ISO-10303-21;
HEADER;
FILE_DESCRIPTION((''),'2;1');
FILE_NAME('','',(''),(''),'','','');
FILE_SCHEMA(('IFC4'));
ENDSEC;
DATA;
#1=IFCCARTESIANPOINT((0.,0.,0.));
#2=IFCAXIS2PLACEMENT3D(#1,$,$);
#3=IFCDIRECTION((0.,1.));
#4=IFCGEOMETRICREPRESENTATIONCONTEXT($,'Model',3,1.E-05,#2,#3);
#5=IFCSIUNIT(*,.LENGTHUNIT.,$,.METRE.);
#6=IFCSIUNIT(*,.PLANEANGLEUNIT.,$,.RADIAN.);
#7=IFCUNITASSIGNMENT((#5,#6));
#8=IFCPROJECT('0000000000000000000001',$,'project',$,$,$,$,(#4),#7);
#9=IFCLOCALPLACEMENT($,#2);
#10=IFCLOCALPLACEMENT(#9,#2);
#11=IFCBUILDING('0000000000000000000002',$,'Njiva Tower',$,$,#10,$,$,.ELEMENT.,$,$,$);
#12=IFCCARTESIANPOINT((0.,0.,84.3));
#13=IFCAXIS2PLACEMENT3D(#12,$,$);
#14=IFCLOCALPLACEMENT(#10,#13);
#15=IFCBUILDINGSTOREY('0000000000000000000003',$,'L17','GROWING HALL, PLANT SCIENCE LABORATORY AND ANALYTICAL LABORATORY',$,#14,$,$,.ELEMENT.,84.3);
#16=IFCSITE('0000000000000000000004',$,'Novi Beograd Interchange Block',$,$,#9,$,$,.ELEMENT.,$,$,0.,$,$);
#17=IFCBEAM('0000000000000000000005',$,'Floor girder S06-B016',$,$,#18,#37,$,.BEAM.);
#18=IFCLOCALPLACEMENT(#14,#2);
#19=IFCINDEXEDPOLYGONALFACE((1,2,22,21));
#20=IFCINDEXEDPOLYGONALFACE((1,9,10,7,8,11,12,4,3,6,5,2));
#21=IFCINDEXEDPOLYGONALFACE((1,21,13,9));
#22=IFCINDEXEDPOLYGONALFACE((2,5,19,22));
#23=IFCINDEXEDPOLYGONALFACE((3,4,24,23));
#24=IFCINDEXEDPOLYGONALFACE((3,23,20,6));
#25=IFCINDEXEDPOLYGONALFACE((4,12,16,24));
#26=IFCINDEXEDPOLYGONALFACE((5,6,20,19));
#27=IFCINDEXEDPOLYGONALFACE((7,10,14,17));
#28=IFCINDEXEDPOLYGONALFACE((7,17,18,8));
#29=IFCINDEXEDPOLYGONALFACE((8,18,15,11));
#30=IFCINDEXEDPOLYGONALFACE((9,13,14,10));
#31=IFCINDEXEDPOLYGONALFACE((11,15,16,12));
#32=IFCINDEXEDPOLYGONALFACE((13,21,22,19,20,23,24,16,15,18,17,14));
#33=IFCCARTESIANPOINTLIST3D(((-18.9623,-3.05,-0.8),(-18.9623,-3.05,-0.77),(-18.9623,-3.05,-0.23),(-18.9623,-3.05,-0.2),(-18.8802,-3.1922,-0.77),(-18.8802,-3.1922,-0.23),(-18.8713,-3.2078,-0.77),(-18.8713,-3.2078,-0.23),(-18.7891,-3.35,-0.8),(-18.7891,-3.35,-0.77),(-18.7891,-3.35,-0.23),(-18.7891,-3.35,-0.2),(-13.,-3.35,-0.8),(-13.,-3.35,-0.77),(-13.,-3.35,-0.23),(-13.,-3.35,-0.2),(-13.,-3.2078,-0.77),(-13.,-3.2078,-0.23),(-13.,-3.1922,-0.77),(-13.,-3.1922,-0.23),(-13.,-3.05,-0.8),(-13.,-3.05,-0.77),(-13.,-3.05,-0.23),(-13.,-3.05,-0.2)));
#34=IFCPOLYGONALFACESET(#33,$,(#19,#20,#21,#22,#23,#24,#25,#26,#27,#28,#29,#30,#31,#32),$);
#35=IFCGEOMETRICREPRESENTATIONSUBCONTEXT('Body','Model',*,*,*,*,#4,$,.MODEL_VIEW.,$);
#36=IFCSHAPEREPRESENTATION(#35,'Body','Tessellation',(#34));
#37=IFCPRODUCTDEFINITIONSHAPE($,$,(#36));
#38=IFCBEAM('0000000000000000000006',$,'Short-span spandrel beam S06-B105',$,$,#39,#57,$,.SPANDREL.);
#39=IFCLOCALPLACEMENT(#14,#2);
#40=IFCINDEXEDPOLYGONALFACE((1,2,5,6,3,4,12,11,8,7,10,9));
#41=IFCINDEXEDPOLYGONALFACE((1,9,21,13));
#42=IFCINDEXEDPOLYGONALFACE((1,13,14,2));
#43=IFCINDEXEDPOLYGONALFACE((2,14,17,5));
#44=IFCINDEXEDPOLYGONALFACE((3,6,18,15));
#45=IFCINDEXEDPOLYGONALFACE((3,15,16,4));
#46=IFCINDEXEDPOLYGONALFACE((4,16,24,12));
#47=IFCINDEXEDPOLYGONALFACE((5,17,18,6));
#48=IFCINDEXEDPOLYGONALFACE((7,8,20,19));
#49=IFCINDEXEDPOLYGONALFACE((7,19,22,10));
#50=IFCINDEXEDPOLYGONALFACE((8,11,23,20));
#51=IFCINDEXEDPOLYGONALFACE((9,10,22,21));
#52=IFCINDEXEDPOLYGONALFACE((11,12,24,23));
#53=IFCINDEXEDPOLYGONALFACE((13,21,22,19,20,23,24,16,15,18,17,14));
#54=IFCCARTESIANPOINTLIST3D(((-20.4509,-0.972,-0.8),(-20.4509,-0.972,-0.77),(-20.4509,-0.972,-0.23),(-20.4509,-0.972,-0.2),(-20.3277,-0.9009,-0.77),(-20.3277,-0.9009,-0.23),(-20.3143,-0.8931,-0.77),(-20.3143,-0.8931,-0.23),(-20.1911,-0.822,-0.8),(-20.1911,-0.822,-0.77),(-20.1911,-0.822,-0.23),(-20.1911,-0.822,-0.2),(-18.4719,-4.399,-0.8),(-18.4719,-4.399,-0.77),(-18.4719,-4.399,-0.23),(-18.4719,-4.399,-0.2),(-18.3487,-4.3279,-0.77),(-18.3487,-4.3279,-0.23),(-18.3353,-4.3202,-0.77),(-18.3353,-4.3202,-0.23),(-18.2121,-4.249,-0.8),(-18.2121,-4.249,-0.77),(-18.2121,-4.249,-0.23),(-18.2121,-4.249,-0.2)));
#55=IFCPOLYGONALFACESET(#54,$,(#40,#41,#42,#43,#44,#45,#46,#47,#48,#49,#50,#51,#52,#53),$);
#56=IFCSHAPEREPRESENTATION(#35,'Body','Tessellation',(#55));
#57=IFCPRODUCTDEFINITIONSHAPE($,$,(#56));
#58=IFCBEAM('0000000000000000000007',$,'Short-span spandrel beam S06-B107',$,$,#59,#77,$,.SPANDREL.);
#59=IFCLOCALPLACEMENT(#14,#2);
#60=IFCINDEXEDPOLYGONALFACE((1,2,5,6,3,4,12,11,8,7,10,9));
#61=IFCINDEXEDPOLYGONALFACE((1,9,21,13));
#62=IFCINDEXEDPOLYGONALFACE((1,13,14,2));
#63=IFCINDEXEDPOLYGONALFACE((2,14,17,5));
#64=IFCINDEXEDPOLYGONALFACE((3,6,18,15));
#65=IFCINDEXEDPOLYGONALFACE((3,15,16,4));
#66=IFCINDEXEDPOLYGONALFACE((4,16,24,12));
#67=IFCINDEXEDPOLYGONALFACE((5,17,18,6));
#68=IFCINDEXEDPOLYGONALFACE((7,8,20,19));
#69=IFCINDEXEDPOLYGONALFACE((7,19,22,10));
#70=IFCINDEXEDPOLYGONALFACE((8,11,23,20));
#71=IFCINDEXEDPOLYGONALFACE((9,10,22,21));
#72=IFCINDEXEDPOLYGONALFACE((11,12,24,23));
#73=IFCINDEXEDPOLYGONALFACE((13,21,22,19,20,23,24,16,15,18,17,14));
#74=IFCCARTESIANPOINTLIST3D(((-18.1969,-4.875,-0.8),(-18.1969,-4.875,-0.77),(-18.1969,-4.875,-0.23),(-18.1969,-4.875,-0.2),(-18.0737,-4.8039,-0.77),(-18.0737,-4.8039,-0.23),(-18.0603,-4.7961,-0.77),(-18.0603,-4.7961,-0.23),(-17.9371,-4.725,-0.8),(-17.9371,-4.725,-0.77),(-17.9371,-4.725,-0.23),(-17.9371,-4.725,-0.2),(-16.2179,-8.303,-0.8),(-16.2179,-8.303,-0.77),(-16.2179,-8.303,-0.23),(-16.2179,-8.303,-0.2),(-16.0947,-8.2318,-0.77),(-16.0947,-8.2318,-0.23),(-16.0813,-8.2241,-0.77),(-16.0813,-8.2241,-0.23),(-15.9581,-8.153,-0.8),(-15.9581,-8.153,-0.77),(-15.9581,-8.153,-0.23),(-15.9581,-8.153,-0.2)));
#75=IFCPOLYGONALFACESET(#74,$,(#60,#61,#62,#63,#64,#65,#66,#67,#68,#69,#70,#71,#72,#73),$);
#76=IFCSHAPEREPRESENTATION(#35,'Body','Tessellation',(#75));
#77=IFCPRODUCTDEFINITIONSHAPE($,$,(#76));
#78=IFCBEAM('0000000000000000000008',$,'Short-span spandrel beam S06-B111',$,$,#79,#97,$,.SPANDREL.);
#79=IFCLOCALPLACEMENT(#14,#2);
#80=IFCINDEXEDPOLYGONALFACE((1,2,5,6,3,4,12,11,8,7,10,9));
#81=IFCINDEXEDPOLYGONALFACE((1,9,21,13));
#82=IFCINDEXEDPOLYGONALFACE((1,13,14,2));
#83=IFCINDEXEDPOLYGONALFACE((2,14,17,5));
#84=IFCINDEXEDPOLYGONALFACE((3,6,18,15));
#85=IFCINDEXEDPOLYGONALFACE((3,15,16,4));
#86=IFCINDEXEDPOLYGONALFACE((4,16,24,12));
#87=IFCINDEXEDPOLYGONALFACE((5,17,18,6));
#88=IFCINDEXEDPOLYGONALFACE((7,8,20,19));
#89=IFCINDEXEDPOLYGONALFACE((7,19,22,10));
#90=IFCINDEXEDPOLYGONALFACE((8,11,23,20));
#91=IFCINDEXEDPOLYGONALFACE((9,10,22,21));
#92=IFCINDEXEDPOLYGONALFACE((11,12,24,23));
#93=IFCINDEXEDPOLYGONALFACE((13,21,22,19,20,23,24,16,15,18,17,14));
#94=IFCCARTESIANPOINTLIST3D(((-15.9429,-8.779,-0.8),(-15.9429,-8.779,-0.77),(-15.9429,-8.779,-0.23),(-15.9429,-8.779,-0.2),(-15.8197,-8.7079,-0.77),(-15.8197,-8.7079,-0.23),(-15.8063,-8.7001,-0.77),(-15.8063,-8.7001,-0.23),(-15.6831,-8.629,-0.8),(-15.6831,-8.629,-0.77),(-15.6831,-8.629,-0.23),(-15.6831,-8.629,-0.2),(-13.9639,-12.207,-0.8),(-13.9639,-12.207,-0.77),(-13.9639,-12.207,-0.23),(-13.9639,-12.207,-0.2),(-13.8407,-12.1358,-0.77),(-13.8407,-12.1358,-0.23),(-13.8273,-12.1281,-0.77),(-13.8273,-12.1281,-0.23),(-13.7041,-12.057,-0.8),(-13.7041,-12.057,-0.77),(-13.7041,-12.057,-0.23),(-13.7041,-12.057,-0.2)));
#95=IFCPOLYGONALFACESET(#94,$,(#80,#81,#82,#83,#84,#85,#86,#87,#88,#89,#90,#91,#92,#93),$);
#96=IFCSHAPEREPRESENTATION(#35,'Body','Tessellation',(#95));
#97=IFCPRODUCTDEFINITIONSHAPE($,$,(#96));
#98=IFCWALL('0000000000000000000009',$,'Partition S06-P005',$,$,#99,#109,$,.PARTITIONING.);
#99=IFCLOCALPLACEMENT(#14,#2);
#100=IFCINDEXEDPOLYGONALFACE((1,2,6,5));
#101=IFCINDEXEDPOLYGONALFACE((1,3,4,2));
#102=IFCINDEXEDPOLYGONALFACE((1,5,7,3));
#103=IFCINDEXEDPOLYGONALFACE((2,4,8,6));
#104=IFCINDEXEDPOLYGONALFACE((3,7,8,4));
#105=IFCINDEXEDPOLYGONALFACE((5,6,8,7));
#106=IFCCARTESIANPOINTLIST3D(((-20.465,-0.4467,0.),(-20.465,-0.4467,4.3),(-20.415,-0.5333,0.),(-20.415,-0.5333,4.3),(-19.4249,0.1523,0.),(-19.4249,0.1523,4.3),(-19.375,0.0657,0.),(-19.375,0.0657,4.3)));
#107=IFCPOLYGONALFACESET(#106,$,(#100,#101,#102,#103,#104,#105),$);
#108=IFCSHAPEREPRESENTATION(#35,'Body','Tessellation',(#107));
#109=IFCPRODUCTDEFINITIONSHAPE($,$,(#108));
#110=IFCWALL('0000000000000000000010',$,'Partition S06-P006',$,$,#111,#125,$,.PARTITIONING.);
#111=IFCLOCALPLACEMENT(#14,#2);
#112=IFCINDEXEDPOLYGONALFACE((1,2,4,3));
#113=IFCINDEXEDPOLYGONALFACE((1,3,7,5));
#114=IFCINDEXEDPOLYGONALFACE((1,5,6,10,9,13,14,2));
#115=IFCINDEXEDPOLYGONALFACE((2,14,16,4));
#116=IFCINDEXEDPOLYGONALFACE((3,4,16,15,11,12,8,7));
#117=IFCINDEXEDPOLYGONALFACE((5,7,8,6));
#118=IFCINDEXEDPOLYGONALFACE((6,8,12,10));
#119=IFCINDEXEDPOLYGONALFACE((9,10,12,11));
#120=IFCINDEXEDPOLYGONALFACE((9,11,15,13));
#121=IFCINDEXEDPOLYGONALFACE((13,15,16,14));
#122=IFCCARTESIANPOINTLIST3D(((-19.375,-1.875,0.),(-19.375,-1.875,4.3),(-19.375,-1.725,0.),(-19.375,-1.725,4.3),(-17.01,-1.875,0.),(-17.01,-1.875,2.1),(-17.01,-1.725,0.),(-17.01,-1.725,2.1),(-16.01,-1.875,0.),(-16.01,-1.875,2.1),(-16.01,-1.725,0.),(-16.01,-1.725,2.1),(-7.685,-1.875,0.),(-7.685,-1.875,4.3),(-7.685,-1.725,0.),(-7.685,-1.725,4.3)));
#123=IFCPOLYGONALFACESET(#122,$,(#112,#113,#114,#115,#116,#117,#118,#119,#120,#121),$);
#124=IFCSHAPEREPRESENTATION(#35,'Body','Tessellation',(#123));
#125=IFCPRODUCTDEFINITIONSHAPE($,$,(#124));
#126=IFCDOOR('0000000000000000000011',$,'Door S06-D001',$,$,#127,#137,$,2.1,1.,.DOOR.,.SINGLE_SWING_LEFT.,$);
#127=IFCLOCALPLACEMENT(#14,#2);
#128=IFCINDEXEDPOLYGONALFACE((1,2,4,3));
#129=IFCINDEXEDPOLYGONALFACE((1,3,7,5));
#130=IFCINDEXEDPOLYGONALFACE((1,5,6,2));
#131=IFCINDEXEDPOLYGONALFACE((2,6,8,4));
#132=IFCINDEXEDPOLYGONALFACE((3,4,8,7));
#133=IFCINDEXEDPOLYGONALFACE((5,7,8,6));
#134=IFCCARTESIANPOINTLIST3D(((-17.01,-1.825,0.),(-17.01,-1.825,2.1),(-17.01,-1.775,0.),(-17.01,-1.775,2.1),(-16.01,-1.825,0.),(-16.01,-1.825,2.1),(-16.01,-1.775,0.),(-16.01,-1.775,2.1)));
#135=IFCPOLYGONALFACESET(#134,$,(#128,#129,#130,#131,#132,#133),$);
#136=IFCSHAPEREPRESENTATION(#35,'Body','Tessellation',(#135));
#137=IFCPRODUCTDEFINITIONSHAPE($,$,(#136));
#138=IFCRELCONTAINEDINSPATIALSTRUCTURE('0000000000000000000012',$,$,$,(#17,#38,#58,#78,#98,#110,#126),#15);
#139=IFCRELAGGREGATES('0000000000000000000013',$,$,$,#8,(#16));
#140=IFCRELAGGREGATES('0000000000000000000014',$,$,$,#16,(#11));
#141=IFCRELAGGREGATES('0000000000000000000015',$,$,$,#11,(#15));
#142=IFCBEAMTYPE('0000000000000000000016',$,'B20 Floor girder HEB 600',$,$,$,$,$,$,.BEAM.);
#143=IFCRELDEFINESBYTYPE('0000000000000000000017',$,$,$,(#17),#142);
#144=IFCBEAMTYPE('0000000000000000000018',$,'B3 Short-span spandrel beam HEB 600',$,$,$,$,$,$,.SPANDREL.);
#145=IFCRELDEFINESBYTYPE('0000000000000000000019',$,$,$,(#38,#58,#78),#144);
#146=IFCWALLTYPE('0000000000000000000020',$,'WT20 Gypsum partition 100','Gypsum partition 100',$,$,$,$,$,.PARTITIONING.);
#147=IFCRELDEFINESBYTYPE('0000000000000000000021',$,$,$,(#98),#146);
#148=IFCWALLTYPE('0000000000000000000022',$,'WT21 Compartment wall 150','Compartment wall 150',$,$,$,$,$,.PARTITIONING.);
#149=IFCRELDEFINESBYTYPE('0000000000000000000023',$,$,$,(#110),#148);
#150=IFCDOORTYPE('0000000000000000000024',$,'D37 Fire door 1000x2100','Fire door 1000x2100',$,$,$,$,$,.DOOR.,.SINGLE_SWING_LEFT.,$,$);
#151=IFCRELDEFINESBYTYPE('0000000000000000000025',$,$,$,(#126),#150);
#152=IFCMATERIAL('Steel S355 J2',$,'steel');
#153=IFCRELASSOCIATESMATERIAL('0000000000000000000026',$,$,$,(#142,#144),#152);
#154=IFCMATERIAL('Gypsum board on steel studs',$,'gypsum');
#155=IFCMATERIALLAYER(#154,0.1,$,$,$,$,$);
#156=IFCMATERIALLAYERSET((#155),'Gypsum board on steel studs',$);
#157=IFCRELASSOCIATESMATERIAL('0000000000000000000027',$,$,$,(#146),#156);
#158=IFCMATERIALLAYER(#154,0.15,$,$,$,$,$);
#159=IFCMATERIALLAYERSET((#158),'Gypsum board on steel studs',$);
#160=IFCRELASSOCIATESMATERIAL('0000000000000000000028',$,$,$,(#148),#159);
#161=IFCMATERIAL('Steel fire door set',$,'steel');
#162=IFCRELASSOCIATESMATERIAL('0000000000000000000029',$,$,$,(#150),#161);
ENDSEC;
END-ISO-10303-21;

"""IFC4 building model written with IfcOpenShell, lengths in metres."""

from ifc_helpers import new_model, si_unit, direction, frame, frame_2d, origin, origin_2d, place, context, subcontext, project, spatial, rectangle, i_section, extrude, clip, halfspace, material, layer, layer_set, material_profile, profile_set, type_object, element, fill, save


model = new_model("IFC4")

# Units and contexts
model_context = context("Model", 3, precision=1e-05, world=origin(), true_north=direction((0.0, 1.0)))
body_context = subcontext(model_context, "Body", "Model", "MODEL_VIEW")
ifc_project = project(units=[si_unit("LENGTHUNIT", "METRE"), si_unit("PLANEANGLEUNIT", "RADIAN")], contexts=[model_context])

# Site, building, storey
site_placement = place(None, origin())
site = spatial("IfcSite", under=ifc_project, at=site_placement, Name="Novi Beograd Interchange Block", CompositionType="ELEMENT", RefElevation=0.0)
building_placement = place(site_placement, origin())
building = spatial("IfcBuilding", under=site, at=building_placement, Name="Njiva Tower", CompositionType="ELEMENT")
storey_placement = place(building_placement, frame((0.0, 0.0, 84.3)))
storey = spatial("IfcBuildingStorey", under=building, at=storey_placement, Name="L17", Description="GROWING HALL, PLANT SCIENCE LABORATORY AND ANALYTICAL LABORATORY", CompositionType="ELEMENT", Elevation=84.3)

# Shared definitions
ifc_material_1 = material(Name="Steel S355 J2", Category="steel")

# Beams
ifc_material_profile_1 = material_profile(ifc_material_1, i_section(OverallWidth=0.3, OverallDepth=0.6, WebThickness=0.0155, FlangeThickness=0.03, at=origin_2d()), Name="HEB 600")
ifc_profile_set_1 = profile_set([ifc_material_profile_1], Name="Steel S355 J2")
beam_type_1 = type_object("IfcBeamType", Name="B20 Floor girder HEB 600", PredefinedType="BEAM", material=ifc_profile_set_1)
beam_1_placement = place(storey_placement, frame((-18.983, -3.2, -0.5), z_axis=(1.0, 0.0, 0.0), x_axis=(0.0, 1.0, 0.0)))
element("IfcBeam", 1, at=beam_1_placement, inside=storey, type_object=beam_type_1, Name="Floor girder S06-B016", PredefinedType="BEAM", context=body_context, shape_type="Clipping", body=[
    clip(extrude(i_section(OverallWidth=0.3, OverallDepth=0.6, WebThickness=0.0155, FlangeThickness=0.03, at=origin_2d()), origin(), (0.0, 0.0, 1.0), 5.983), halfspace(frame((-0.025, 0.0, 0.1217), z_axis=(-0.499998, 0.0, -0.866027), x_axis=(0.0, -1.0, 0.0)), False)),
])
ifc_material_profile_2 = material_profile(ifc_material_1, i_section(OverallWidth=0.3, OverallDepth=0.6, WebThickness=0.0155, FlangeThickness=0.03, at=origin_2d()), Name="HEB 600")
ifc_profile_set_2 = profile_set([ifc_material_profile_2], Name="Steel S355 J2")
beam_type_2 = type_object("IfcBeamType", Name="B3 Short-span spandrel beam HEB 600", PredefinedType="SPANDREL", material=ifc_profile_set_2)
beam_2_placement = place(storey_placement, frame((-20.321, -0.897, -0.5), z_axis=(0.50008, -0.865979, 0.0), x_axis=(0.865979, 0.50008, 0.0)))
element("IfcBeam", 2, at=beam_2_placement, inside=storey, type_object=beam_type_2, Name="Short-span spandrel beam S06-B105", PredefinedType="SPANDREL", context=body_context, shape_type="SweptSolid", body=[
    extrude(i_section(OverallWidth=0.3, OverallDepth=0.6, WebThickness=0.0155, FlangeThickness=0.03, at=origin_2d()), origin(), (0.0, 0.0, 1.0), 3.9574),
])
for number, where, z_axis, x_axis, name in (
    (3, (-18.067, -4.8, -0.5), (0.49997, -0.866043, 0.0), (0.866043, 0.49997, 0.0), "Short-span spandrel beam S06-B107"),
    (4, (-15.813, -8.704, -0.5), (0.49997, -0.866043, 0.0), (0.866043, 0.49997, 0.0), "Short-span spandrel beam S06-B111"),
):
    element("IfcBeam", number, at=place(storey_placement, frame(where, z_axis=z_axis, x_axis=x_axis)), inside=storey, type_object=beam_type_2, Name=name, PredefinedType="SPANDREL", context=body_context, shape_type="SweptSolid", body=[
        extrude(i_section(OverallWidth=0.3, OverallDepth=0.6, WebThickness=0.0155, FlangeThickness=0.03, at=origin_2d()), origin(), (0.0, 0.0, 1.0), 3.9582),
    ])

# Wall
ifc_material_2 = material(Name="Gypsum board on steel studs", Category="gypsum")
ifc_layer_1 = layer(ifc_material_2, 0.1)
ifc_layer_set_1 = layer_set([ifc_layer_1], Name="Gypsum board on steel studs")
wall_type_1 = type_object("IfcWallType", Name="WT20 Gypsum partition 100", Description="Gypsum partition 100", PredefinedType="PARTITIONING", material=ifc_layer_set_1)
wall_1_placement = place(storey_placement, frame((-20.44, -0.49, 0.0), z_axis=(0.0, 0.0, 1.0), x_axis=(0.866546, 0.499097, 0.0)))
element("IfcWall", 5, at=wall_1_placement, inside=storey, type_object=wall_type_1, Name="Partition S06-P005", PredefinedType="PARTITIONING", context=body_context, shape_type="SweptSolid", body=[
    extrude(rectangle(XDim=1.2002, YDim=0.1, at=frame_2d((0.6001, 0.0))), origin(), (0.0, 0.0, 1.0), 4.3),
])

# Wall, opening, door
ifc_layer_2 = layer(ifc_material_2, 0.15)
ifc_layer_set_2 = layer_set([ifc_layer_2], Name="Gypsum board on steel studs")
wall_type_2 = type_object("IfcWallType", Name="WT21 Compartment wall 150", Description="Compartment wall 150", PredefinedType="PARTITIONING", material=ifc_layer_set_2)
wall_2_placement = place(storey_placement, frame((-19.375, -1.8, 0.0), z_axis=(0.0, 0.0, 1.0), x_axis=(1.0, 0.0, 0.0)))
wall_2 = element("IfcWall", 6, at=wall_2_placement, inside=storey, type_object=wall_type_2, Name="Partition S06-P006", PredefinedType="PARTITIONING", context=body_context, shape_type="SweptSolid", body=[
    extrude(rectangle(XDim=11.69, YDim=0.15, at=frame_2d((5.845, 0.0))), origin(), (0.0, 0.0, 1.0), 4.3),
])
opening_1_placement = place(wall_2_placement, frame((2.365, 0.0, 0.0)))
opening_1 = element("IfcOpeningElement", 7, at=opening_1_placement, cuts=wall_2, PredefinedType="OPENING", context=body_context, shape_type="SweptSolid", body=[
    extrude(rectangle(XDim=1.0, YDim=2.1, at=frame_2d((0.5, 1.05))), frame((0.0, 0.085, 0.0), z_axis=(0.0, -1.0, 0.0), x_axis=(1.0, 0.0, 0.0)), (0.0, 0.0, 1.0), 0.17),
])
ifc_material_3 = material(Name="Steel fire door set", Category="steel")
door_type = type_object("IfcDoorType", Name="D37 Fire door 1000x2100", Description="Fire door 1000x2100", OperationType="SINGLE_SWING_LEFT", PredefinedType="DOOR", material=ifc_material_3)
door_1_placement = place(opening_1_placement, origin())
door_1 = element("IfcDoor", 8, at=door_1_placement, inside=storey, type_object=door_type, Name="Door S06-D001", OperationType="SINGLE_SWING_LEFT", OverallHeight=2.1, OverallWidth=1.0, PredefinedType="DOOR", context=body_context, shape_type="SweptSolid", body=[
    extrude(rectangle(XDim=1.0, YDim=2.1, at=frame_2d((0.5, 1.05))), frame((0.0, 0.025, 0.0), z_axis=(0.0, -1.0, 0.0), x_axis=(1.0, 0.0, 0.0)), (0.0, 0.0, 1.0), 0.05),
])
fill(opening_1, door_1)

save(model, "model.ifc")
